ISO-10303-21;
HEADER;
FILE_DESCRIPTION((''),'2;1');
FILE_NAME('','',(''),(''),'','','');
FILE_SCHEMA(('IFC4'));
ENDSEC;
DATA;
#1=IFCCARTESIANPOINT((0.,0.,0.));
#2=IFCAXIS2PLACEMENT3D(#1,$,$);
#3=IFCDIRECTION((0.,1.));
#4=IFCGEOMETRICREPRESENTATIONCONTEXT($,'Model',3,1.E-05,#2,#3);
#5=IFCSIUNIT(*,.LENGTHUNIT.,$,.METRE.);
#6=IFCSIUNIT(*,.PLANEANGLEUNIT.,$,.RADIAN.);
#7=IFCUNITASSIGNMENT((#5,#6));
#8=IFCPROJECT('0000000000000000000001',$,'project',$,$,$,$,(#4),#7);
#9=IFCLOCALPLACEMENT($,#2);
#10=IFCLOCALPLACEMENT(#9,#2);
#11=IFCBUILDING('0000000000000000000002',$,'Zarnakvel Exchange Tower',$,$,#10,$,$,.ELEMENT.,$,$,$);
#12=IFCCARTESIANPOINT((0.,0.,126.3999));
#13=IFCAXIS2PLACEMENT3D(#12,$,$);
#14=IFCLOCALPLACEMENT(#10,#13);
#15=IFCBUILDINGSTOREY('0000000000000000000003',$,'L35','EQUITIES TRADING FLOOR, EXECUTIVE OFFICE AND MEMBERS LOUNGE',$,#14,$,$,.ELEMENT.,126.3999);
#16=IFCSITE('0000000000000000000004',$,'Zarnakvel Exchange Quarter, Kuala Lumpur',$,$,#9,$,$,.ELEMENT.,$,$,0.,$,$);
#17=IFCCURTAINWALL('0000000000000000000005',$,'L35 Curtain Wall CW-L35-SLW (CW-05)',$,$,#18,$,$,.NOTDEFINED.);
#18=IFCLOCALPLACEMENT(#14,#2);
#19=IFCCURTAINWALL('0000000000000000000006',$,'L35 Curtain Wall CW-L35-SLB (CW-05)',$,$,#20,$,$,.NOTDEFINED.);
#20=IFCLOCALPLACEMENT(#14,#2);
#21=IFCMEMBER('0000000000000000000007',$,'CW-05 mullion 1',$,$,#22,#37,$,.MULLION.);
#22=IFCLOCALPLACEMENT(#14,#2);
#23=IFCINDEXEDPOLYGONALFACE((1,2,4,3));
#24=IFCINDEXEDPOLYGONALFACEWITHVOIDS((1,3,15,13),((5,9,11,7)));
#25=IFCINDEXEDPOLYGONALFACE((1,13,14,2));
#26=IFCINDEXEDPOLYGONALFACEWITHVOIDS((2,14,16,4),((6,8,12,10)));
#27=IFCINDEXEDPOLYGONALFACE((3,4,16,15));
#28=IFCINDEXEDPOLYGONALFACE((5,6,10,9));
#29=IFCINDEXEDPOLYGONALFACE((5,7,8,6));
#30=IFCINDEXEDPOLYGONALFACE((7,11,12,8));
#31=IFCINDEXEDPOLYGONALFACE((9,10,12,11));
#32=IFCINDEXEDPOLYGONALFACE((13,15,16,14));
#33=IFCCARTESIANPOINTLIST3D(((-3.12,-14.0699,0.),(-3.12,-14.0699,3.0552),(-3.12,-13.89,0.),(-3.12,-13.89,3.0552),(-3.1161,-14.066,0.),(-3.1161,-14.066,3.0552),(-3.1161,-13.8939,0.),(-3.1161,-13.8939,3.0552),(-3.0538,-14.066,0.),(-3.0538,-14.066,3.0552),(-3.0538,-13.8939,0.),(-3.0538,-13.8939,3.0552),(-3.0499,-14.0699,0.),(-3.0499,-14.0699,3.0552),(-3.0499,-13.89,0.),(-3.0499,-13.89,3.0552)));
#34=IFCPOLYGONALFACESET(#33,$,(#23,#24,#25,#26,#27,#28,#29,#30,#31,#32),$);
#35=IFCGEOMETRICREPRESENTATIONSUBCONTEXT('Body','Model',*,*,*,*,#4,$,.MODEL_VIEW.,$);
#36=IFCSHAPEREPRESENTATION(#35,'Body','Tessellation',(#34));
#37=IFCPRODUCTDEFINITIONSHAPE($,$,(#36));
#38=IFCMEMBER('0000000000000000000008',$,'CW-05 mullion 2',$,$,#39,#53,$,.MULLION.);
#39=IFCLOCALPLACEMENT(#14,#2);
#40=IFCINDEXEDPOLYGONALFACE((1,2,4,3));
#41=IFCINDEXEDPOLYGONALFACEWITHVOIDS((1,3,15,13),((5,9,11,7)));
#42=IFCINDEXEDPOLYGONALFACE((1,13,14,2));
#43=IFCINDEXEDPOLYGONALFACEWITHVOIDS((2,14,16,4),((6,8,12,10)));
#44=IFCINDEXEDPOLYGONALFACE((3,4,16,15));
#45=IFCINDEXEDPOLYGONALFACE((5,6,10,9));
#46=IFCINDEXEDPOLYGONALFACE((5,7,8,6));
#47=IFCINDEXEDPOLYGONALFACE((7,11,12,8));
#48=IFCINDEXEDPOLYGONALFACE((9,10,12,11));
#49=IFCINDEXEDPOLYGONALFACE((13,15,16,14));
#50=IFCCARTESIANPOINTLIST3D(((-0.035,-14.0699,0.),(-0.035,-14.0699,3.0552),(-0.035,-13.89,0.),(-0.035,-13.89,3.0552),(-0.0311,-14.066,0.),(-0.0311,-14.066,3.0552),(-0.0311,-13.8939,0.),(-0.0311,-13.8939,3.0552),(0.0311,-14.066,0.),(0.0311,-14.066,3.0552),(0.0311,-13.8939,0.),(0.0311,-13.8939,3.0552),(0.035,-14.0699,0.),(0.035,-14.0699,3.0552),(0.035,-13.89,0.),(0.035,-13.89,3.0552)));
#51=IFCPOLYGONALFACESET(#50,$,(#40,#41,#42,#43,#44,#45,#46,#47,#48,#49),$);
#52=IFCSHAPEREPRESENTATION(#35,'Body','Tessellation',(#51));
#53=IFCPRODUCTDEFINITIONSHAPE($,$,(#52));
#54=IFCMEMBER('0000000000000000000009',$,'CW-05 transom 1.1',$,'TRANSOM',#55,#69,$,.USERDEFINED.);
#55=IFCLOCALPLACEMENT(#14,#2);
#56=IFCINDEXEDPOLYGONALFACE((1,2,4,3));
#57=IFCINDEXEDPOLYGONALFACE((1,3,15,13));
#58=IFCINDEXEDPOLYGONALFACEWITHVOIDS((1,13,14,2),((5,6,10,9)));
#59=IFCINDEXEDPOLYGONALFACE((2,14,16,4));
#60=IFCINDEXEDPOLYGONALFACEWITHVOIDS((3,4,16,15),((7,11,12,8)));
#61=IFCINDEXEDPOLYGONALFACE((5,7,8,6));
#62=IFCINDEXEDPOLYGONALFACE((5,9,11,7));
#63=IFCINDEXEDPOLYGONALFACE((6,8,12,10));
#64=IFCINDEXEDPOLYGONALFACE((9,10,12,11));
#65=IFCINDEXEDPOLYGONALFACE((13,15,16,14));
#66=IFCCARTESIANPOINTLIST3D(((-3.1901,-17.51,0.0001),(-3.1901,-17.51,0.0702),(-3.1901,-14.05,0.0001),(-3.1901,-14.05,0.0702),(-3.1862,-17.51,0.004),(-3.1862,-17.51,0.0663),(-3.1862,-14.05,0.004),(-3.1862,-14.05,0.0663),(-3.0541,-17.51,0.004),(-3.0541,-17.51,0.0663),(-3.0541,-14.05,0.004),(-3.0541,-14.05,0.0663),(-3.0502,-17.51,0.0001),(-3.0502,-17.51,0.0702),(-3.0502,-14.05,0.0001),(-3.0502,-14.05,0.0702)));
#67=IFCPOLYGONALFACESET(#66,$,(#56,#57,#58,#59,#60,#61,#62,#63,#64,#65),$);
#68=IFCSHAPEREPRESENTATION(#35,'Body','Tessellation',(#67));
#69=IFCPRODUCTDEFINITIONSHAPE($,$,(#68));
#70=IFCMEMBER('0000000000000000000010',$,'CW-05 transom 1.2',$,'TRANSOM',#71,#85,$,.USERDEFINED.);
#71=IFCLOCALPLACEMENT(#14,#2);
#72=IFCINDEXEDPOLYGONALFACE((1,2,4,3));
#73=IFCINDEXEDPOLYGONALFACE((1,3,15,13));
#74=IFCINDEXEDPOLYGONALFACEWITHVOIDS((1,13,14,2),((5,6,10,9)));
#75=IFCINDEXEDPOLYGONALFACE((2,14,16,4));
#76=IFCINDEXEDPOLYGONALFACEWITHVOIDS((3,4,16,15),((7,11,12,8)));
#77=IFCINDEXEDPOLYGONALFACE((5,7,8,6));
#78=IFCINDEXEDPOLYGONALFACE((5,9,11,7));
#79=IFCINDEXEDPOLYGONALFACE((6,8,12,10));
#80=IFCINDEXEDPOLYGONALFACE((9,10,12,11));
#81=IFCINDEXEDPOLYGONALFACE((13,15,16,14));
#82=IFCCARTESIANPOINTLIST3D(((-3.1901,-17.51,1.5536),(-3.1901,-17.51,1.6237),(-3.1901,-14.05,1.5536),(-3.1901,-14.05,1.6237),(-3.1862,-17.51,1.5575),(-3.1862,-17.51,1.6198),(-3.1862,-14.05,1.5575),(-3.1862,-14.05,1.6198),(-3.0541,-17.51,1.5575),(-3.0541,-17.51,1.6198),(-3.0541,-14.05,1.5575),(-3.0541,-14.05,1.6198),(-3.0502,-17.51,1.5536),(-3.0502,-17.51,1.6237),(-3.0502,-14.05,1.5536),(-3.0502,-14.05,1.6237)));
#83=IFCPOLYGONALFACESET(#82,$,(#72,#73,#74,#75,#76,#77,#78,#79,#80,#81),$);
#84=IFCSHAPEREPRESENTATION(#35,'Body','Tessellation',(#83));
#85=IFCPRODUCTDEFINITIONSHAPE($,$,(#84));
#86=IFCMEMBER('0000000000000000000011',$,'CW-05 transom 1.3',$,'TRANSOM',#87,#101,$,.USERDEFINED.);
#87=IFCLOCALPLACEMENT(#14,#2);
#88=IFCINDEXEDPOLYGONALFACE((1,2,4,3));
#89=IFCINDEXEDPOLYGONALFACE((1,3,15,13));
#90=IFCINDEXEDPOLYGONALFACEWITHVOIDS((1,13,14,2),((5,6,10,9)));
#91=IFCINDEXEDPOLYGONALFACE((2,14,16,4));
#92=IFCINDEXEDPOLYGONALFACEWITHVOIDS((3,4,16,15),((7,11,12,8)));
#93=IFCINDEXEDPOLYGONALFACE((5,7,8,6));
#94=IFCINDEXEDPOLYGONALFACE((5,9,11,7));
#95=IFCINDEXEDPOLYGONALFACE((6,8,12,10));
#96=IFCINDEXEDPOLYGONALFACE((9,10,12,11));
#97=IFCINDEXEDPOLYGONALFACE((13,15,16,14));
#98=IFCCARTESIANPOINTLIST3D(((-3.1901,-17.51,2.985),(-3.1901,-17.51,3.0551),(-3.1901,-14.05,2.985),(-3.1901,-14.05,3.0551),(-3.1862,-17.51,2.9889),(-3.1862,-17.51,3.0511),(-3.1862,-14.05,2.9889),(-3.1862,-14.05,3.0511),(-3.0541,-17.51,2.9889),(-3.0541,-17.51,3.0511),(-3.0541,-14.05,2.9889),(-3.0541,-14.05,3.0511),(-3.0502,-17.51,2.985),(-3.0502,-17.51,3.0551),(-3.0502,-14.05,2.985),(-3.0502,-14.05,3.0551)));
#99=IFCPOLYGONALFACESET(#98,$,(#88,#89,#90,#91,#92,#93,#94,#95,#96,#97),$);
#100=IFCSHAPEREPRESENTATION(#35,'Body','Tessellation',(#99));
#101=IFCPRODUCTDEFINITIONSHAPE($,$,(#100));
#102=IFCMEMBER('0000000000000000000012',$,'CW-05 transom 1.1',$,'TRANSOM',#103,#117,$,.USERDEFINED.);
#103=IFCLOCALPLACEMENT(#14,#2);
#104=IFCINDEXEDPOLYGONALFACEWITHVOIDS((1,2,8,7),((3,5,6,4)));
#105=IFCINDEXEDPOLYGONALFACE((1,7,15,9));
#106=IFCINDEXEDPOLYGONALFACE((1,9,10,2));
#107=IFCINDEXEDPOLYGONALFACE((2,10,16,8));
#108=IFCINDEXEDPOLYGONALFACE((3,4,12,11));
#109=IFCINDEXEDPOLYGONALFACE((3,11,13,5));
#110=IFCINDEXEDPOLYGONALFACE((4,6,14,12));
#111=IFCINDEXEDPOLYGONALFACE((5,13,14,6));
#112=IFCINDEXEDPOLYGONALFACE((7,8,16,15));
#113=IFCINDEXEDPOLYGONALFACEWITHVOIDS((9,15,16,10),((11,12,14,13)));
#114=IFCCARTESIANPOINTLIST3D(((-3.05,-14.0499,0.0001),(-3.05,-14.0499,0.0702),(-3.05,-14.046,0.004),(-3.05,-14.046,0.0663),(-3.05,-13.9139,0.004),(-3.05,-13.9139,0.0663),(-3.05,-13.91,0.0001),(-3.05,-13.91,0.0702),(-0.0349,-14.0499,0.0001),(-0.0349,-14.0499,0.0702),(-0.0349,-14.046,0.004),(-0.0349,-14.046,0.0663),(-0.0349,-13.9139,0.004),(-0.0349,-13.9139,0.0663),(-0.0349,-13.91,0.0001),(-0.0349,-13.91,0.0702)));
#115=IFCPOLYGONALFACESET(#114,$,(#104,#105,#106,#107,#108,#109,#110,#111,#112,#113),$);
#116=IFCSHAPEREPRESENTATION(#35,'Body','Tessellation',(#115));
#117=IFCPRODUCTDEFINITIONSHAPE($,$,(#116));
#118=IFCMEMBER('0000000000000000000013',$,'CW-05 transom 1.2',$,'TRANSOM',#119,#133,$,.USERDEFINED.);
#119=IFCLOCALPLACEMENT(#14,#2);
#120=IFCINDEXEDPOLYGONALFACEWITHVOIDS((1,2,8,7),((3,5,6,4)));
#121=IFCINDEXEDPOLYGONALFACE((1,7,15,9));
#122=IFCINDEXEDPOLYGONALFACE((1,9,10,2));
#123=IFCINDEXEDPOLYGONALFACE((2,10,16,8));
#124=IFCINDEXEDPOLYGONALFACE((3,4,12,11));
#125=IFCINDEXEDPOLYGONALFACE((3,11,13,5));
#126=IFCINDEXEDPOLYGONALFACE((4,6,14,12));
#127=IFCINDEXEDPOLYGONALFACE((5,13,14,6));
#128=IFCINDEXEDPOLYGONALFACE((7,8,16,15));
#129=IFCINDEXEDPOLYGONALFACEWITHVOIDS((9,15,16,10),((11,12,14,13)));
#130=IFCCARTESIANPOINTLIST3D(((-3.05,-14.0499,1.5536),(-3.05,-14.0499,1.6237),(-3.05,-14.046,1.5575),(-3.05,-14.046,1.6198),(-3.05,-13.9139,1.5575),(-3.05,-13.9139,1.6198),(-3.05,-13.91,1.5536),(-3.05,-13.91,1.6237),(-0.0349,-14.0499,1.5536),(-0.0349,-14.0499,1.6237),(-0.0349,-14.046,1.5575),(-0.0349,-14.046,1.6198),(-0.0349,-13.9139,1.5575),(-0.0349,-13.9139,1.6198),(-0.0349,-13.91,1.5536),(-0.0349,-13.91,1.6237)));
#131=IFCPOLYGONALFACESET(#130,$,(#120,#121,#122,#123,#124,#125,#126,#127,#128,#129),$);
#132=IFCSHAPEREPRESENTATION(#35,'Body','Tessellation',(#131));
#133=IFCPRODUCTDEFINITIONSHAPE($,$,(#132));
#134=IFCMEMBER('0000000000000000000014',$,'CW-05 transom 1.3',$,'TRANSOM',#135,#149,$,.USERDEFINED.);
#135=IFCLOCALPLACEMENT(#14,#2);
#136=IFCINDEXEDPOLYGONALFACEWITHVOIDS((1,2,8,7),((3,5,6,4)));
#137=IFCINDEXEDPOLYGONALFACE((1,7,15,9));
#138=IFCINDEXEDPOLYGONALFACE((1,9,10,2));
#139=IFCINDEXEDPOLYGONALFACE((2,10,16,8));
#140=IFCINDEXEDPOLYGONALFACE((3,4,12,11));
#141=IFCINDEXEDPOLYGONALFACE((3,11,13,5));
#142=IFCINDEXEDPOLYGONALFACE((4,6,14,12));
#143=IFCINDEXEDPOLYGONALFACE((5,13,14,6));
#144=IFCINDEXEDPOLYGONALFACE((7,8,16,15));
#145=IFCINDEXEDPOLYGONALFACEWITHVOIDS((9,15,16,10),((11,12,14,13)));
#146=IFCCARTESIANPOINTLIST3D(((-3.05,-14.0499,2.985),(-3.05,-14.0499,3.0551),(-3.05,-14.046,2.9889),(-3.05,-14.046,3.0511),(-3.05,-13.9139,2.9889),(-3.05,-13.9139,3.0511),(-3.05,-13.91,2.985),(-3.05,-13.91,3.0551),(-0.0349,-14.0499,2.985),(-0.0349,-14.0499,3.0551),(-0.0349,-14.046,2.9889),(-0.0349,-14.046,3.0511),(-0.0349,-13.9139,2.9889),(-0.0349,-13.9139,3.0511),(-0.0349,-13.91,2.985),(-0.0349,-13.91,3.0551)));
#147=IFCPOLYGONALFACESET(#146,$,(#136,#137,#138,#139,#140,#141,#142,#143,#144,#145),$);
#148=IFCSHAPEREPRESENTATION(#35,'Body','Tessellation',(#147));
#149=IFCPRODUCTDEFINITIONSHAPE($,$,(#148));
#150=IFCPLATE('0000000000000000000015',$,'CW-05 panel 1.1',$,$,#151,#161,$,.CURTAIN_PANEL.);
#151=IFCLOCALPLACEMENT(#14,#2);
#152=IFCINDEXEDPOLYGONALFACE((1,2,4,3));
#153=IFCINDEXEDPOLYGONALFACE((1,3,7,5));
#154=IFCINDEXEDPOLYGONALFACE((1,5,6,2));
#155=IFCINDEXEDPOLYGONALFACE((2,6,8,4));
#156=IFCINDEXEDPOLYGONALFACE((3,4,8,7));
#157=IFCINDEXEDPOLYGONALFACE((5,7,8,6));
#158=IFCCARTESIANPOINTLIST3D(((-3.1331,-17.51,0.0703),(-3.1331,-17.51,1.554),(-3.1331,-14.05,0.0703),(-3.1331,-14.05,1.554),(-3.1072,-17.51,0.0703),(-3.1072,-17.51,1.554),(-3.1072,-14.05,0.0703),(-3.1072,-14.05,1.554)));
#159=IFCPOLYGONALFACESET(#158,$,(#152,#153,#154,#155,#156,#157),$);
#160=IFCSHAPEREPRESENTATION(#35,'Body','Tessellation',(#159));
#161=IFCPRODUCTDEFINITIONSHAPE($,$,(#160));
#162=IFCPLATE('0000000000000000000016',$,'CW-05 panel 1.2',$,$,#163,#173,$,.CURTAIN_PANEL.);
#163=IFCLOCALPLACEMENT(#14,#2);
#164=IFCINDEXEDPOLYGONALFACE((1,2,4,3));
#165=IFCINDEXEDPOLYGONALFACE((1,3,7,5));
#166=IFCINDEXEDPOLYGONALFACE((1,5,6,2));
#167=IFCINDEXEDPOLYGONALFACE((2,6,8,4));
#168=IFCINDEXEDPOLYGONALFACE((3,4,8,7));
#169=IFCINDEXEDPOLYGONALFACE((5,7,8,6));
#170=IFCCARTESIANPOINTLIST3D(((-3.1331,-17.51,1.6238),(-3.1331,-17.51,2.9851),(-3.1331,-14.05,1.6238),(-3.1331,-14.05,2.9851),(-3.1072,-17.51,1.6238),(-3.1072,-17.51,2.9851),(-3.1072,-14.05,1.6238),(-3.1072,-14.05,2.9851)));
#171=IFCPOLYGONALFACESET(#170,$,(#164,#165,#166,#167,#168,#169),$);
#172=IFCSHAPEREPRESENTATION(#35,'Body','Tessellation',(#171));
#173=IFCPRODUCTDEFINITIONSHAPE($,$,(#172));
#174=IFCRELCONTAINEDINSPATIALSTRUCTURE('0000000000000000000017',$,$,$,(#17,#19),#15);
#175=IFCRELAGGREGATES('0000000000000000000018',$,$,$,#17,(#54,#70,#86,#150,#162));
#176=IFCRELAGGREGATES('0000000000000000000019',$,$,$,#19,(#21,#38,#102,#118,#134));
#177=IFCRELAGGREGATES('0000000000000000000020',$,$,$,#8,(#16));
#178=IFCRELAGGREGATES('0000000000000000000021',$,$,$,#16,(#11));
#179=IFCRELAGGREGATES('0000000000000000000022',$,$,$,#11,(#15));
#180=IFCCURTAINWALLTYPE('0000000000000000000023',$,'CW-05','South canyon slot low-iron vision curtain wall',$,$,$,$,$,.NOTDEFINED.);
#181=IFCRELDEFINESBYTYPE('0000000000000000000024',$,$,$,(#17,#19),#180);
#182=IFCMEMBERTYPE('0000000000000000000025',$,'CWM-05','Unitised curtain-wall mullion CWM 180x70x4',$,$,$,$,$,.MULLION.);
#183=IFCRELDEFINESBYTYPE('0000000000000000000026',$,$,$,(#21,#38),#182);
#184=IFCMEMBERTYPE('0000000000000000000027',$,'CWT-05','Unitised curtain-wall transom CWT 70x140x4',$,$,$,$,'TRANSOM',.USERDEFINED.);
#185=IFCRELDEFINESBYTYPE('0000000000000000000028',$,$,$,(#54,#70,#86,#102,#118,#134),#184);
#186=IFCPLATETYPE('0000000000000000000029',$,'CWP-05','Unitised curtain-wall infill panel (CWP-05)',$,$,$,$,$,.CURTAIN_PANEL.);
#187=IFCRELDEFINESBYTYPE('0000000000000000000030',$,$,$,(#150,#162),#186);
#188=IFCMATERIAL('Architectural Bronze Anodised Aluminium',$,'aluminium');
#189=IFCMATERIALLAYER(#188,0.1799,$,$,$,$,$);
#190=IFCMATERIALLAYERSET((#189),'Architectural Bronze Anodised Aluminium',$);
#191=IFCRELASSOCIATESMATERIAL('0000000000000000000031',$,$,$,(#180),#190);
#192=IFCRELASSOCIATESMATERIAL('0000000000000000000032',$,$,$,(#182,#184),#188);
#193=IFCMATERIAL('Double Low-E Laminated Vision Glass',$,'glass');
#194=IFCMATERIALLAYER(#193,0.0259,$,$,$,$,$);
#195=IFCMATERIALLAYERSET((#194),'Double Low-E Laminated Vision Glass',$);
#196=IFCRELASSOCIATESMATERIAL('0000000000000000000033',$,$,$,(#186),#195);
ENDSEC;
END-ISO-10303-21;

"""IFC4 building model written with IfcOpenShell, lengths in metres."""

from ifc_helpers import new_model, si_unit, direction, frame, origin, origin_2d, place, context, subcontext, project, spatial, rectangle, hollow_rectangle, extrude, source, transform, mapped, material, layer, layer_set, material_profile, profile_set, type_object, element, aggregate, save


model = new_model("IFC4")

# Units and contexts
model_context = context("Model", 3, precision=1e-05, world=origin(), true_north=direction((0.0, 1.0)))
body_context = subcontext(model_context, "Body", "Model", "MODEL_VIEW")
ifc_project = project(units=[si_unit("LENGTHUNIT", "METRE"), si_unit("PLANEANGLEUNIT", "RADIAN")], contexts=[model_context])

# Site, building, storey
site_placement = place(None, origin())
site = spatial("IfcSite", under=ifc_project, at=site_placement, Name="Zarnakvel Exchange Quarter, Kuala Lumpur", CompositionType="ELEMENT", RefElevation=0.0)
building_placement = place(site_placement, origin())
building = spatial("IfcBuilding", under=site, at=building_placement, Name="Zarnakvel Exchange Tower", CompositionType="ELEMENT")
storey_placement = place(building_placement, frame((0.0, 0.0, 126.3999)))
storey = spatial("IfcBuildingStorey", under=building, at=storey_placement, Name="L35", Description="EQUITIES TRADING FLOOR, EXECUTIVE OFFICE AND MEMBERS LOUNGE", CompositionType="ELEMENT", Elevation=126.3999)

# Curtain walls, members
ifc_material_1 = material(Name="Architectural Bronze Anodised Aluminium", Category="aluminium")
ifc_layer_1 = layer(ifc_material_1, 0.1799)
ifc_layer_set_1 = layer_set([ifc_layer_1], Name="Architectural Bronze Anodised Aluminium")
curtain_wall_type = type_object("IfcCurtainWallType", Name="CW-05", Description="South canyon slot low-iron vision curtain wall", PredefinedType="NOTDEFINED", material=ifc_layer_set_1)
curtain_wall_1_placement = place(storey_placement, origin())
curtain_wall_1 = element("IfcCurtainWall", 1, at=curtain_wall_1_placement, inside=storey, type_object=curtain_wall_type, Name="L35 Curtain Wall CW-L35-SLW (CW-05)", PredefinedType="NOTDEFINED")
ifc_material_profile_1 = material_profile(ifc_material_1, hollow_rectangle(XDim=0.1799, YDim=0.0701, WallThickness=0.0039, at=origin_2d()))
ifc_profile_set_1 = profile_set([ifc_material_profile_1], Name="Architectural Bronze Anodised Aluminium")
member_type_1 = type_object("IfcMemberType", Name="CWM-05", Description="Unitised curtain-wall mullion CWM 180x70x4", PredefinedType="MULLION", material=ifc_profile_set_1)
shared_shape_1 = source(origin(), body_context, "Body", "SweptSolid", [
    extrude(hollow_rectangle(XDim=0.1799, YDim=0.0701, WallThickness=0.0039, at=origin_2d()), origin(), (0.0, 0.0, 1.0), 3.0552),
])
curtain_wall_2_placement = place(storey_placement, origin())
curtain_wall_2 = element("IfcCurtainWall", 2, at=curtain_wall_2_placement, inside=storey, type_object=curtain_wall_type, Name="L35 Curtain Wall CW-L35-SLB (CW-05)", PredefinedType="NOTDEFINED")
member_1_placement = place(storey_placement, frame((-3.085, -13.98, 0.0), z_axis=(0.0, 0.0, 1.0), x_axis=(0.0, 1.0, 0.0)))
member_1 = element("IfcMember", 3, at=member_1_placement, type_object=member_type_1, Name="CW-05 mullion 1", PredefinedType="MULLION", context=body_context, shape_type="MappedRepresentation", body=[
    mapped(shared_shape_1, transform((0.0, 0.0, 0.0), x_axis=(1.0, 0.0, 0.0), y_axis=(0.0, 1.0, 0.0), z_axis=(0.0, 0.0, 1.0), scale=1.0)),
])
member_2_placement = place(storey_placement, frame((0.0, -13.98, 0.0), z_axis=(0.0, 0.0, 1.0), x_axis=(0.0, 1.0, 0.0)))
member_2 = element("IfcMember", 4, at=member_2_placement, type_object=member_type_1, Name="CW-05 mullion 2", PredefinedType="MULLION", context=body_context, shape_type="MappedRepresentation", body=[
    mapped(shared_shape_1, transform((0.0, 0.0, 0.0), x_axis=(1.0, 0.0, 0.0), y_axis=(0.0, 1.0, 0.0), z_axis=(0.0, 0.0, 1.0), scale=1.0)),
])

# Members
ifc_material_profile_2 = material_profile(ifc_material_1, hollow_rectangle(XDim=0.1399, YDim=0.0701, WallThickness=0.0039, at=origin_2d()))
ifc_profile_set_2 = profile_set([ifc_material_profile_2], Name="Architectural Bronze Anodised Aluminium")
member_type_2 = type_object("IfcMemberType", Name="CWT-05", Description="Unitised curtain-wall transom CWT 70x140x4", ElementType="TRANSOM", PredefinedType="USERDEFINED", material=ifc_profile_set_2)
shared_shape_2 = source(origin(), body_context, "Body", "SweptSolid", [
    extrude(hollow_rectangle(XDim=0.1399, YDim=0.0701, WallThickness=0.0039, at=origin_2d()), origin(), (0.0, 0.0, 1.0), 3.46),
])
member_3_placement = place(storey_placement, frame((-3.1201, -17.51, 0.0352), z_axis=(0.0, 1.0, 0.0), x_axis=(-1.0, 0.0, 0.0)))
member_3 = element("IfcMember", 5, at=member_3_placement, type_object=member_type_2, Name="CW-05 transom 1.1", ObjectType="TRANSOM", PredefinedType="USERDEFINED", context=body_context, shape_type="MappedRepresentation", body=[
    mapped(shared_shape_2, transform((0.0, 0.0, 0.0), x_axis=(1.0, 0.0, 0.0), y_axis=(0.0, 1.0, 0.0), z_axis=(0.0, 0.0, 1.0), scale=1.0)),
])
member_4_placement = place(storey_placement, frame((-3.1201, -17.51, 1.5886), z_axis=(0.0, 1.0, 0.0), x_axis=(-1.0, 0.0, 0.0)))
member_4 = element("IfcMember", 6, at=member_4_placement, type_object=member_type_2, Name="CW-05 transom 1.2", ObjectType="TRANSOM", PredefinedType="USERDEFINED", context=body_context, shape_type="MappedRepresentation", body=[
    mapped(shared_shape_2, transform((0.0, 0.0, 0.0), x_axis=(1.0, 0.0, 0.0), y_axis=(0.0, 1.0, 0.0), z_axis=(0.0, 0.0, 1.0), scale=1.0)),
])
member_5_placement = place(storey_placement, frame((-3.1201, -17.51, 3.02), z_axis=(0.0, 1.0, 0.0), x_axis=(-1.0, 0.0, 0.0)))
member_5 = element("IfcMember", 7, at=member_5_placement, type_object=member_type_2, Name="CW-05 transom 1.3", ObjectType="TRANSOM", PredefinedType="USERDEFINED", context=body_context, shape_type="MappedRepresentation", body=[
    mapped(shared_shape_2, transform((0.0, 0.0, 0.0), x_axis=(1.0, 0.0, 0.0), y_axis=(0.0, 1.0, 0.0), z_axis=(0.0, 0.0, 1.0), scale=1.0)),
])
shared_shape_3 = source(origin(), body_context, "Body", "SweptSolid", [
    extrude(hollow_rectangle(XDim=0.1399, YDim=0.0701, WallThickness=0.0039, at=origin_2d()), origin(), (0.0, 0.0, 1.0), 3.0151),
])
member_6_placement = place(storey_placement, frame((-3.05, -13.98, 0.0352), z_axis=(1.0, 0.0, 0.0), x_axis=(0.0, 1.0, 0.0)))
member_6 = element("IfcMember", 8, at=member_6_placement, type_object=member_type_2, Name="CW-05 transom 1.1", ObjectType="TRANSOM", PredefinedType="USERDEFINED", context=body_context, shape_type="MappedRepresentation", body=[
    mapped(shared_shape_3, transform((0.0, 0.0, 0.0), x_axis=(1.0, 0.0, 0.0), y_axis=(0.0, 1.0, 0.0), z_axis=(0.0, 0.0, 1.0), scale=1.0)),
])
member_7_placement = place(storey_placement, frame((-3.05, -13.98, 1.5886), z_axis=(1.0, 0.0, 0.0), x_axis=(0.0, 1.0, 0.0)))
member_7 = element("IfcMember", 9, at=member_7_placement, type_object=member_type_2, Name="CW-05 transom 1.2", ObjectType="TRANSOM", PredefinedType="USERDEFINED", context=body_context, shape_type="MappedRepresentation", body=[
    mapped(shared_shape_3, transform((0.0, 0.0, 0.0), x_axis=(1.0, 0.0, 0.0), y_axis=(0.0, 1.0, 0.0), z_axis=(0.0, 0.0, 1.0), scale=1.0)),
])
member_8_placement = place(storey_placement, frame((-3.05, -13.98, 3.02), z_axis=(1.0, 0.0, 0.0), x_axis=(0.0, 1.0, 0.0)))
member_8 = element("IfcMember", 10, at=member_8_placement, type_object=member_type_2, Name="CW-05 transom 1.3", ObjectType="TRANSOM", PredefinedType="USERDEFINED", context=body_context, shape_type="MappedRepresentation", body=[
    mapped(shared_shape_3, transform((0.0, 0.0, 0.0), x_axis=(1.0, 0.0, 0.0), y_axis=(0.0, 1.0, 0.0), z_axis=(0.0, 0.0, 1.0), scale=1.0)),
])

# Plates
ifc_material_2 = material(Name="Double Low-E Laminated Vision Glass", Category="glass")
ifc_layer_2 = layer(ifc_material_2, 0.0259)
ifc_layer_set_2 = layer_set([ifc_layer_2], Name="Double Low-E Laminated Vision Glass")
plate_type = type_object("IfcPlateType", Name="CWP-05", Description="Unitised curtain-wall infill panel (CWP-05)", PredefinedType="CURTAIN_PANEL", material=ifc_layer_set_2)
shared_shape_4 = source(origin(), body_context, "Body", "SweptSolid", [
    extrude(rectangle(XDim=3.46, YDim=0.0259, at=origin_2d()), origin(), (0.0, 0.0, 1.0), 1.4836),
])
plate_1_placement = place(storey_placement, frame((-3.1201, -15.78, 0.0703), z_axis=(0.0, 0.0, 1.0), x_axis=(0.0, 1.0, 0.0)))
plate_1 = element("IfcPlate", 11, at=plate_1_placement, type_object=plate_type, Name="CW-05 panel 1.1", PredefinedType="CURTAIN_PANEL", context=body_context, shape_type="MappedRepresentation", body=[
    mapped(shared_shape_4, transform((0.0, 0.0, 0.0), x_axis=(1.0, 0.0, 0.0), y_axis=(0.0, 1.0, 0.0), z_axis=(0.0, 0.0, 1.0), scale=1.0)),
])
shared_shape_5 = source(origin(), body_context, "Body", "SweptSolid", [
    extrude(rectangle(XDim=3.46, YDim=0.0259, at=origin_2d()), origin(), (0.0, 0.0, 1.0), 1.3613),
])
plate_2_placement = place(storey_placement, frame((-3.1201, -15.78, 1.6238), z_axis=(0.0, 0.0, 1.0), x_axis=(0.0, 1.0, 0.0)))
plate_2 = element("IfcPlate", 12, at=plate_2_placement, type_object=plate_type, Name="CW-05 panel 1.2", PredefinedType="CURTAIN_PANEL", context=body_context, shape_type="MappedRepresentation", body=[
    mapped(shared_shape_5, transform((0.0, 0.0, 0.0), x_axis=(1.0, 0.0, 0.0), y_axis=(0.0, 1.0, 0.0), z_axis=(0.0, 0.0, 1.0), scale=1.0)),
])
aggregate(curtain_wall_1, [member_3, member_4, member_5, plate_1, plate_2])
aggregate(curtain_wall_2, [member_1, member_2, member_6, member_7, member_8])

save(model, "model.ifc")
